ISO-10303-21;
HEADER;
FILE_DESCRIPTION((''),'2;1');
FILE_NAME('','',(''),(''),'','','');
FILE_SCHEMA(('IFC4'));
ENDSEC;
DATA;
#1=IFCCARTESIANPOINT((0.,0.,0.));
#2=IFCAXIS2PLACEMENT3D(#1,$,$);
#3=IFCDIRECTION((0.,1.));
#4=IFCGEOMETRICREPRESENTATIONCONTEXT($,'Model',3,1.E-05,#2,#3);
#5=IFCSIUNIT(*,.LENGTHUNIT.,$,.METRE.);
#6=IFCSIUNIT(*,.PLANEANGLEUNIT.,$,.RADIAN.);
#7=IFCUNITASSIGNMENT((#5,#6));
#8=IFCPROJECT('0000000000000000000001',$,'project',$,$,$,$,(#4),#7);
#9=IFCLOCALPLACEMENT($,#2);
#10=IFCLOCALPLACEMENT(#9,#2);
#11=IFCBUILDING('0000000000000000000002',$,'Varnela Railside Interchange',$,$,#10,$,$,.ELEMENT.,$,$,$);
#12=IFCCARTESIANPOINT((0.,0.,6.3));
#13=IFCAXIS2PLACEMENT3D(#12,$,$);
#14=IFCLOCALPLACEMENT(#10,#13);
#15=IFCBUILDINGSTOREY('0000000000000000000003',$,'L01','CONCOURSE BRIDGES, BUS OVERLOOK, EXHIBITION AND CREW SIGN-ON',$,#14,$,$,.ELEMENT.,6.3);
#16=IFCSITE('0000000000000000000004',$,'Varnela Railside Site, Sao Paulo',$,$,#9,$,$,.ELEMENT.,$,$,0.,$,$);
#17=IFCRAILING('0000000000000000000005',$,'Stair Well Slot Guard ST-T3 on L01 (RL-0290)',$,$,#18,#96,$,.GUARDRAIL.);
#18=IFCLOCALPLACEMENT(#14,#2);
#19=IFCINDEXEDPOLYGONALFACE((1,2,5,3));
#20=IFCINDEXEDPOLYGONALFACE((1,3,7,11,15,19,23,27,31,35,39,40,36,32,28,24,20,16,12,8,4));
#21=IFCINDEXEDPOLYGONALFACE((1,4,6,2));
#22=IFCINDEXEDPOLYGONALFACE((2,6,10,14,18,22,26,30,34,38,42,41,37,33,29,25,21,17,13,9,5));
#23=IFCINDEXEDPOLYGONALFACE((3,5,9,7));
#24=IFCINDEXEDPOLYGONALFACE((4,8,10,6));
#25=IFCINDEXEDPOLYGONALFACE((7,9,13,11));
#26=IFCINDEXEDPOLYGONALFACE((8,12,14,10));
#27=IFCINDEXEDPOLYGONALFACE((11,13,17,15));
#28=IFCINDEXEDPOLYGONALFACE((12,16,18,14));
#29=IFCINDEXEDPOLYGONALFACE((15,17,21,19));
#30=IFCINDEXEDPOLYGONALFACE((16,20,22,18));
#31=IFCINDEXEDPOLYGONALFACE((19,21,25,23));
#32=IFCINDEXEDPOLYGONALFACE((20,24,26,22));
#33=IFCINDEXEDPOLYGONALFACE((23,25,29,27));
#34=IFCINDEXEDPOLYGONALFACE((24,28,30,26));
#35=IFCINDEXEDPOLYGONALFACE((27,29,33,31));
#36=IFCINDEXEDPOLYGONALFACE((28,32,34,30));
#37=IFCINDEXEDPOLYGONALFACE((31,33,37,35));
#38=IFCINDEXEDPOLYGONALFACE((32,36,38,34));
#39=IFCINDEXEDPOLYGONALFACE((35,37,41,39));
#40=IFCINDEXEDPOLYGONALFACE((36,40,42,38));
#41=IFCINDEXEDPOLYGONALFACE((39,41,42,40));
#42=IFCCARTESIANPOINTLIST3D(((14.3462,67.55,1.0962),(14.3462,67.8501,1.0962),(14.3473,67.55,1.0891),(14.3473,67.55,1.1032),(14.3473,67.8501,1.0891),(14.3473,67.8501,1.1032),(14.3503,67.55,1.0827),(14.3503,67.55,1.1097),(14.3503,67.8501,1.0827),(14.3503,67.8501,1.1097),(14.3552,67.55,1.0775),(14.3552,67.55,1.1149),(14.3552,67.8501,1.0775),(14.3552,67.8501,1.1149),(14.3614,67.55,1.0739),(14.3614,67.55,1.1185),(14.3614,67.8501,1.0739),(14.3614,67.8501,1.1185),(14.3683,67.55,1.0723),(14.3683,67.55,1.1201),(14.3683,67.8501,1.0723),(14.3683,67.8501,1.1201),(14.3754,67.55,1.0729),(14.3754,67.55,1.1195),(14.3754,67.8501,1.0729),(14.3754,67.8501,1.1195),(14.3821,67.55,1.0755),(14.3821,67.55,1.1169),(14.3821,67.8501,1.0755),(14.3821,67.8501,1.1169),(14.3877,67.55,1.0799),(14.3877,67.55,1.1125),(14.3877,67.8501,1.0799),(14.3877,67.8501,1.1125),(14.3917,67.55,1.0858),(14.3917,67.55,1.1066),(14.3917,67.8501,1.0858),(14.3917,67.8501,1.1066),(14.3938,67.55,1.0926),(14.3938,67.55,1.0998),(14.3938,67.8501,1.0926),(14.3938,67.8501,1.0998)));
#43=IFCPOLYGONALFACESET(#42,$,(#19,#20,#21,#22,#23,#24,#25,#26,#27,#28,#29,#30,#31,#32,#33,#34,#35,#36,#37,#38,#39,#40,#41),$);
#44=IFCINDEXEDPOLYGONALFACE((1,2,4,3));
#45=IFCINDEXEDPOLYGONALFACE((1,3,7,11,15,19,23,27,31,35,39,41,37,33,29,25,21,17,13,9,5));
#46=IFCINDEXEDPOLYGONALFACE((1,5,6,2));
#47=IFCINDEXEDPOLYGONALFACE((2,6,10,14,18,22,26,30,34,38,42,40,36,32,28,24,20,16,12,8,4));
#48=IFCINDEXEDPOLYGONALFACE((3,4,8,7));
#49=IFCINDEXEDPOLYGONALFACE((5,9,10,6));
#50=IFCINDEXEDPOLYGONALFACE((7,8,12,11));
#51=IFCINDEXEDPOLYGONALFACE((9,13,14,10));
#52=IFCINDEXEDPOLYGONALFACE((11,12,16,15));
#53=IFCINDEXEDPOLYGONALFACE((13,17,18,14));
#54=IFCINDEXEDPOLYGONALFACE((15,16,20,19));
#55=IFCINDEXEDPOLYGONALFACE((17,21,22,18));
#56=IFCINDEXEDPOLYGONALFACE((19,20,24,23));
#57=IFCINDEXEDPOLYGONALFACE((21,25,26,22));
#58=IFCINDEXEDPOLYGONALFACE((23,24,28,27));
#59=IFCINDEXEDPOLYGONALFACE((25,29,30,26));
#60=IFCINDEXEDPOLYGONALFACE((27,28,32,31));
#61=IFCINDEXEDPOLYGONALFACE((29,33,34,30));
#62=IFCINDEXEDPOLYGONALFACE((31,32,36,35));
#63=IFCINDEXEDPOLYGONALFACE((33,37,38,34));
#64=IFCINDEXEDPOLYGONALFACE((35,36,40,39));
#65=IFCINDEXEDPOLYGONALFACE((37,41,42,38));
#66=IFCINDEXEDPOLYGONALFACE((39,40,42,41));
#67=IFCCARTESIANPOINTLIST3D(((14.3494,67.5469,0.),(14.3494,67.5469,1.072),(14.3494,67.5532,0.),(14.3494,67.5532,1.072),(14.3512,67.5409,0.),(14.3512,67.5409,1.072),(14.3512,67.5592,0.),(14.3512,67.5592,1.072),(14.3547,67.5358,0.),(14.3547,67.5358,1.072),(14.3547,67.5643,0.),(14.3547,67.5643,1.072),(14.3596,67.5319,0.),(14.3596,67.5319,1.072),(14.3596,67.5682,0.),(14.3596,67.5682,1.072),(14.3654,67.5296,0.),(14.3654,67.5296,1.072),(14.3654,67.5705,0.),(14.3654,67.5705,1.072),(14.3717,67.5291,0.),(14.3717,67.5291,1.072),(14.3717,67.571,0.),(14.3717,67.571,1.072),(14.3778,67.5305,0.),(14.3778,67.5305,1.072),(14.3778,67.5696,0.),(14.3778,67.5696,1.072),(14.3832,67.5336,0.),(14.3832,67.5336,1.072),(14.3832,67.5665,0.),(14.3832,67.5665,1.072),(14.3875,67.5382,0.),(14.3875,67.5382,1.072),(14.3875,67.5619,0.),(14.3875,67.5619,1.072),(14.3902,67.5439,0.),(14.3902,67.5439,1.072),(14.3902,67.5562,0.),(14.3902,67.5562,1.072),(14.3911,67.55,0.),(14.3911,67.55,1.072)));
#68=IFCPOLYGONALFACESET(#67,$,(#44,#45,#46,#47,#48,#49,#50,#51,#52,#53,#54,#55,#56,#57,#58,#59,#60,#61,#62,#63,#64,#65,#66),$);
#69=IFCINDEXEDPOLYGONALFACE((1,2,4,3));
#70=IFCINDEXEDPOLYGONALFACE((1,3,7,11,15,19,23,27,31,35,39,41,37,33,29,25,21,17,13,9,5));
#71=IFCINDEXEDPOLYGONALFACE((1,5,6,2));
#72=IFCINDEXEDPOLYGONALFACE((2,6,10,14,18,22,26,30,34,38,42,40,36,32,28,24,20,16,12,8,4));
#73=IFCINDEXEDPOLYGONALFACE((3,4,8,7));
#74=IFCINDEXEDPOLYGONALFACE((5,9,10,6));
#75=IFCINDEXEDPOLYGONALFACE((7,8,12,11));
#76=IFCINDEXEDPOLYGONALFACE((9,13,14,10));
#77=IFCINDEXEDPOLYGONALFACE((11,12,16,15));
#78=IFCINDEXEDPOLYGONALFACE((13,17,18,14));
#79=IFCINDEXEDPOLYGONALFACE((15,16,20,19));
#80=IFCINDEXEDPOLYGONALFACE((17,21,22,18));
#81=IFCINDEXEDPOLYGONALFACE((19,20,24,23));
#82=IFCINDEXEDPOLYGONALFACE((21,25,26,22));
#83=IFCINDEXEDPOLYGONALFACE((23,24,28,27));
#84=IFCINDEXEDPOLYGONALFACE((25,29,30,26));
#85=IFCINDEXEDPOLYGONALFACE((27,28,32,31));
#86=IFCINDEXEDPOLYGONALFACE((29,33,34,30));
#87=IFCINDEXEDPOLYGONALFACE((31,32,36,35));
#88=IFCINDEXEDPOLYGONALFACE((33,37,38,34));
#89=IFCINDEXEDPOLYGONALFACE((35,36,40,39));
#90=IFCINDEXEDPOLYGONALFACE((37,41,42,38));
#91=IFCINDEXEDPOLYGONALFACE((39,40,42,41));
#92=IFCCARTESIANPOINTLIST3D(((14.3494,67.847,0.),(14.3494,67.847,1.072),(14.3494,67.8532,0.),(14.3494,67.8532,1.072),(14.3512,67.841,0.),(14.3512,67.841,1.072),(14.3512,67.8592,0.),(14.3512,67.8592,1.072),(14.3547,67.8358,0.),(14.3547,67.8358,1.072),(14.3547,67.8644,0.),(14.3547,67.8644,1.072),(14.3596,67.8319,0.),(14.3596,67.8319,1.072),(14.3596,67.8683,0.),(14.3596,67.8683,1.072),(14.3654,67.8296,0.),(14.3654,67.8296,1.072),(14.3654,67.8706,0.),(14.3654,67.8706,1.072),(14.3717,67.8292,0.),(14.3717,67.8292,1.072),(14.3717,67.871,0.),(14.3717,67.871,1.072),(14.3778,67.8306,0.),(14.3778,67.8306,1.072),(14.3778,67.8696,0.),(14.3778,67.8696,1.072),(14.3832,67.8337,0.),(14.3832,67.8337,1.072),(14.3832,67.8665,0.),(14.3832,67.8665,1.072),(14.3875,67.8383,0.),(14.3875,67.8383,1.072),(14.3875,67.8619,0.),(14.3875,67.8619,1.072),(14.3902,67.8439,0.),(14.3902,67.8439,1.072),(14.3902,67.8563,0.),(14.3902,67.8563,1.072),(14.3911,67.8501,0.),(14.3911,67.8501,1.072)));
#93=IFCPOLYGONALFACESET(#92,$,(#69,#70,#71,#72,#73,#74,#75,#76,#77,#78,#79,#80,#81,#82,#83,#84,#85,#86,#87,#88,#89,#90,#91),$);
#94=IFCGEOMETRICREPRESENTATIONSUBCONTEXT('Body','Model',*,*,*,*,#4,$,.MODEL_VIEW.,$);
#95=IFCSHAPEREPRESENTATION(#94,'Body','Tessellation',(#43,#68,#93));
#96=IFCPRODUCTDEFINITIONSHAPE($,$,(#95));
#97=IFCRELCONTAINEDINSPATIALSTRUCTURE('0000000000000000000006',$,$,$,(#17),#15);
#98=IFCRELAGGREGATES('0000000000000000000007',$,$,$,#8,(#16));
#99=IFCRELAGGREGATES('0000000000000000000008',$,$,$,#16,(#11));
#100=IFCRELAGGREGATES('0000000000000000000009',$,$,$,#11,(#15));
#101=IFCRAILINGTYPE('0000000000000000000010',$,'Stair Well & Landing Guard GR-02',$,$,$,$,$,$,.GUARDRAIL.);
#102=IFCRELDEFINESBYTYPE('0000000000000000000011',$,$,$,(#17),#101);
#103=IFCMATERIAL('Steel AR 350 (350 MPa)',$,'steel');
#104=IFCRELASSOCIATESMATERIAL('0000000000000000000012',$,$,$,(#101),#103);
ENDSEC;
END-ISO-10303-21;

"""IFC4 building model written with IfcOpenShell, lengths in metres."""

from ifc_helpers import new_model, si_unit, direction, frame, origin, origin_2d, place, context, subcontext, project, spatial, circle, extrude, material, type_object, element, save


model = new_model("IFC4")

# Units and contexts
model_context = context("Model", 3, precision=1e-05, world=origin(), true_north=direction((0.0, 1.0)))
body_context = subcontext(model_context, "Body", "Model", "MODEL_VIEW")
ifc_project = project(units=[si_unit("LENGTHUNIT", "METRE"), si_unit("PLANEANGLEUNIT", "RADIAN")], contexts=[model_context])

# Site, building, storey
site_placement = place(None, origin())
site = spatial("IfcSite", under=ifc_project, at=site_placement, Name="Varnela Railside Site, Sao Paulo", CompositionType="ELEMENT", RefElevation=0.0)
building_placement = place(site_placement, origin())
building = spatial("IfcBuilding", under=site, at=building_placement, Name="Varnela Railside Interchange", CompositionType="ELEMENT")
storey_placement = place(building_placement, frame((0.0, 0.0, 6.3)))
storey = spatial("IfcBuildingStorey", under=building, at=storey_placement, Name="L01", Description="CONCOURSE BRIDGES, BUS OVERLOOK, EXHIBITION AND CREW SIGN-ON", CompositionType="ELEMENT", Elevation=6.3)

# Shared definitions
ifc_material_1 = material(Name="Steel AR 350 (350 MPa)", Category="steel")

# Railing
railing_type_1 = type_object("IfcRailingType", Name="Stair Well & Landing Guard GR-02", PredefinedType="GUARDRAIL", material=ifc_material_1)
railing_1_placement = place(storey_placement, frame((14.3701, 67.55, 0.0)))
element("IfcRailing", 1, at=railing_1_placement, inside=storey, type_object=railing_type_1, Name="Stair Well Slot Guard ST-T3 on L01 (RL-0290)", PredefinedType="GUARDRAIL", context=body_context, shape_type="SweptSolid", body=[
    extrude(circle(Radius=0.0239, at=origin_2d()), frame((0.0, 0.0, 1.0962), z_axis=(0.0, 1.0, 0.0), x_axis=(-1.0, 0.0, 0.0)), (0.0, 0.0, 1.0), 0.3),
    extrude(circle(Radius=0.021, at=origin_2d()), origin(), (0.0, 0.0, 1.0), 1.072),
    extrude(circle(Radius=0.021, at=origin_2d()), frame((0.0, 0.3, 0.0)), (0.0, 0.0, 1.0), 1.072),
])

save(model, "model.ifc")
